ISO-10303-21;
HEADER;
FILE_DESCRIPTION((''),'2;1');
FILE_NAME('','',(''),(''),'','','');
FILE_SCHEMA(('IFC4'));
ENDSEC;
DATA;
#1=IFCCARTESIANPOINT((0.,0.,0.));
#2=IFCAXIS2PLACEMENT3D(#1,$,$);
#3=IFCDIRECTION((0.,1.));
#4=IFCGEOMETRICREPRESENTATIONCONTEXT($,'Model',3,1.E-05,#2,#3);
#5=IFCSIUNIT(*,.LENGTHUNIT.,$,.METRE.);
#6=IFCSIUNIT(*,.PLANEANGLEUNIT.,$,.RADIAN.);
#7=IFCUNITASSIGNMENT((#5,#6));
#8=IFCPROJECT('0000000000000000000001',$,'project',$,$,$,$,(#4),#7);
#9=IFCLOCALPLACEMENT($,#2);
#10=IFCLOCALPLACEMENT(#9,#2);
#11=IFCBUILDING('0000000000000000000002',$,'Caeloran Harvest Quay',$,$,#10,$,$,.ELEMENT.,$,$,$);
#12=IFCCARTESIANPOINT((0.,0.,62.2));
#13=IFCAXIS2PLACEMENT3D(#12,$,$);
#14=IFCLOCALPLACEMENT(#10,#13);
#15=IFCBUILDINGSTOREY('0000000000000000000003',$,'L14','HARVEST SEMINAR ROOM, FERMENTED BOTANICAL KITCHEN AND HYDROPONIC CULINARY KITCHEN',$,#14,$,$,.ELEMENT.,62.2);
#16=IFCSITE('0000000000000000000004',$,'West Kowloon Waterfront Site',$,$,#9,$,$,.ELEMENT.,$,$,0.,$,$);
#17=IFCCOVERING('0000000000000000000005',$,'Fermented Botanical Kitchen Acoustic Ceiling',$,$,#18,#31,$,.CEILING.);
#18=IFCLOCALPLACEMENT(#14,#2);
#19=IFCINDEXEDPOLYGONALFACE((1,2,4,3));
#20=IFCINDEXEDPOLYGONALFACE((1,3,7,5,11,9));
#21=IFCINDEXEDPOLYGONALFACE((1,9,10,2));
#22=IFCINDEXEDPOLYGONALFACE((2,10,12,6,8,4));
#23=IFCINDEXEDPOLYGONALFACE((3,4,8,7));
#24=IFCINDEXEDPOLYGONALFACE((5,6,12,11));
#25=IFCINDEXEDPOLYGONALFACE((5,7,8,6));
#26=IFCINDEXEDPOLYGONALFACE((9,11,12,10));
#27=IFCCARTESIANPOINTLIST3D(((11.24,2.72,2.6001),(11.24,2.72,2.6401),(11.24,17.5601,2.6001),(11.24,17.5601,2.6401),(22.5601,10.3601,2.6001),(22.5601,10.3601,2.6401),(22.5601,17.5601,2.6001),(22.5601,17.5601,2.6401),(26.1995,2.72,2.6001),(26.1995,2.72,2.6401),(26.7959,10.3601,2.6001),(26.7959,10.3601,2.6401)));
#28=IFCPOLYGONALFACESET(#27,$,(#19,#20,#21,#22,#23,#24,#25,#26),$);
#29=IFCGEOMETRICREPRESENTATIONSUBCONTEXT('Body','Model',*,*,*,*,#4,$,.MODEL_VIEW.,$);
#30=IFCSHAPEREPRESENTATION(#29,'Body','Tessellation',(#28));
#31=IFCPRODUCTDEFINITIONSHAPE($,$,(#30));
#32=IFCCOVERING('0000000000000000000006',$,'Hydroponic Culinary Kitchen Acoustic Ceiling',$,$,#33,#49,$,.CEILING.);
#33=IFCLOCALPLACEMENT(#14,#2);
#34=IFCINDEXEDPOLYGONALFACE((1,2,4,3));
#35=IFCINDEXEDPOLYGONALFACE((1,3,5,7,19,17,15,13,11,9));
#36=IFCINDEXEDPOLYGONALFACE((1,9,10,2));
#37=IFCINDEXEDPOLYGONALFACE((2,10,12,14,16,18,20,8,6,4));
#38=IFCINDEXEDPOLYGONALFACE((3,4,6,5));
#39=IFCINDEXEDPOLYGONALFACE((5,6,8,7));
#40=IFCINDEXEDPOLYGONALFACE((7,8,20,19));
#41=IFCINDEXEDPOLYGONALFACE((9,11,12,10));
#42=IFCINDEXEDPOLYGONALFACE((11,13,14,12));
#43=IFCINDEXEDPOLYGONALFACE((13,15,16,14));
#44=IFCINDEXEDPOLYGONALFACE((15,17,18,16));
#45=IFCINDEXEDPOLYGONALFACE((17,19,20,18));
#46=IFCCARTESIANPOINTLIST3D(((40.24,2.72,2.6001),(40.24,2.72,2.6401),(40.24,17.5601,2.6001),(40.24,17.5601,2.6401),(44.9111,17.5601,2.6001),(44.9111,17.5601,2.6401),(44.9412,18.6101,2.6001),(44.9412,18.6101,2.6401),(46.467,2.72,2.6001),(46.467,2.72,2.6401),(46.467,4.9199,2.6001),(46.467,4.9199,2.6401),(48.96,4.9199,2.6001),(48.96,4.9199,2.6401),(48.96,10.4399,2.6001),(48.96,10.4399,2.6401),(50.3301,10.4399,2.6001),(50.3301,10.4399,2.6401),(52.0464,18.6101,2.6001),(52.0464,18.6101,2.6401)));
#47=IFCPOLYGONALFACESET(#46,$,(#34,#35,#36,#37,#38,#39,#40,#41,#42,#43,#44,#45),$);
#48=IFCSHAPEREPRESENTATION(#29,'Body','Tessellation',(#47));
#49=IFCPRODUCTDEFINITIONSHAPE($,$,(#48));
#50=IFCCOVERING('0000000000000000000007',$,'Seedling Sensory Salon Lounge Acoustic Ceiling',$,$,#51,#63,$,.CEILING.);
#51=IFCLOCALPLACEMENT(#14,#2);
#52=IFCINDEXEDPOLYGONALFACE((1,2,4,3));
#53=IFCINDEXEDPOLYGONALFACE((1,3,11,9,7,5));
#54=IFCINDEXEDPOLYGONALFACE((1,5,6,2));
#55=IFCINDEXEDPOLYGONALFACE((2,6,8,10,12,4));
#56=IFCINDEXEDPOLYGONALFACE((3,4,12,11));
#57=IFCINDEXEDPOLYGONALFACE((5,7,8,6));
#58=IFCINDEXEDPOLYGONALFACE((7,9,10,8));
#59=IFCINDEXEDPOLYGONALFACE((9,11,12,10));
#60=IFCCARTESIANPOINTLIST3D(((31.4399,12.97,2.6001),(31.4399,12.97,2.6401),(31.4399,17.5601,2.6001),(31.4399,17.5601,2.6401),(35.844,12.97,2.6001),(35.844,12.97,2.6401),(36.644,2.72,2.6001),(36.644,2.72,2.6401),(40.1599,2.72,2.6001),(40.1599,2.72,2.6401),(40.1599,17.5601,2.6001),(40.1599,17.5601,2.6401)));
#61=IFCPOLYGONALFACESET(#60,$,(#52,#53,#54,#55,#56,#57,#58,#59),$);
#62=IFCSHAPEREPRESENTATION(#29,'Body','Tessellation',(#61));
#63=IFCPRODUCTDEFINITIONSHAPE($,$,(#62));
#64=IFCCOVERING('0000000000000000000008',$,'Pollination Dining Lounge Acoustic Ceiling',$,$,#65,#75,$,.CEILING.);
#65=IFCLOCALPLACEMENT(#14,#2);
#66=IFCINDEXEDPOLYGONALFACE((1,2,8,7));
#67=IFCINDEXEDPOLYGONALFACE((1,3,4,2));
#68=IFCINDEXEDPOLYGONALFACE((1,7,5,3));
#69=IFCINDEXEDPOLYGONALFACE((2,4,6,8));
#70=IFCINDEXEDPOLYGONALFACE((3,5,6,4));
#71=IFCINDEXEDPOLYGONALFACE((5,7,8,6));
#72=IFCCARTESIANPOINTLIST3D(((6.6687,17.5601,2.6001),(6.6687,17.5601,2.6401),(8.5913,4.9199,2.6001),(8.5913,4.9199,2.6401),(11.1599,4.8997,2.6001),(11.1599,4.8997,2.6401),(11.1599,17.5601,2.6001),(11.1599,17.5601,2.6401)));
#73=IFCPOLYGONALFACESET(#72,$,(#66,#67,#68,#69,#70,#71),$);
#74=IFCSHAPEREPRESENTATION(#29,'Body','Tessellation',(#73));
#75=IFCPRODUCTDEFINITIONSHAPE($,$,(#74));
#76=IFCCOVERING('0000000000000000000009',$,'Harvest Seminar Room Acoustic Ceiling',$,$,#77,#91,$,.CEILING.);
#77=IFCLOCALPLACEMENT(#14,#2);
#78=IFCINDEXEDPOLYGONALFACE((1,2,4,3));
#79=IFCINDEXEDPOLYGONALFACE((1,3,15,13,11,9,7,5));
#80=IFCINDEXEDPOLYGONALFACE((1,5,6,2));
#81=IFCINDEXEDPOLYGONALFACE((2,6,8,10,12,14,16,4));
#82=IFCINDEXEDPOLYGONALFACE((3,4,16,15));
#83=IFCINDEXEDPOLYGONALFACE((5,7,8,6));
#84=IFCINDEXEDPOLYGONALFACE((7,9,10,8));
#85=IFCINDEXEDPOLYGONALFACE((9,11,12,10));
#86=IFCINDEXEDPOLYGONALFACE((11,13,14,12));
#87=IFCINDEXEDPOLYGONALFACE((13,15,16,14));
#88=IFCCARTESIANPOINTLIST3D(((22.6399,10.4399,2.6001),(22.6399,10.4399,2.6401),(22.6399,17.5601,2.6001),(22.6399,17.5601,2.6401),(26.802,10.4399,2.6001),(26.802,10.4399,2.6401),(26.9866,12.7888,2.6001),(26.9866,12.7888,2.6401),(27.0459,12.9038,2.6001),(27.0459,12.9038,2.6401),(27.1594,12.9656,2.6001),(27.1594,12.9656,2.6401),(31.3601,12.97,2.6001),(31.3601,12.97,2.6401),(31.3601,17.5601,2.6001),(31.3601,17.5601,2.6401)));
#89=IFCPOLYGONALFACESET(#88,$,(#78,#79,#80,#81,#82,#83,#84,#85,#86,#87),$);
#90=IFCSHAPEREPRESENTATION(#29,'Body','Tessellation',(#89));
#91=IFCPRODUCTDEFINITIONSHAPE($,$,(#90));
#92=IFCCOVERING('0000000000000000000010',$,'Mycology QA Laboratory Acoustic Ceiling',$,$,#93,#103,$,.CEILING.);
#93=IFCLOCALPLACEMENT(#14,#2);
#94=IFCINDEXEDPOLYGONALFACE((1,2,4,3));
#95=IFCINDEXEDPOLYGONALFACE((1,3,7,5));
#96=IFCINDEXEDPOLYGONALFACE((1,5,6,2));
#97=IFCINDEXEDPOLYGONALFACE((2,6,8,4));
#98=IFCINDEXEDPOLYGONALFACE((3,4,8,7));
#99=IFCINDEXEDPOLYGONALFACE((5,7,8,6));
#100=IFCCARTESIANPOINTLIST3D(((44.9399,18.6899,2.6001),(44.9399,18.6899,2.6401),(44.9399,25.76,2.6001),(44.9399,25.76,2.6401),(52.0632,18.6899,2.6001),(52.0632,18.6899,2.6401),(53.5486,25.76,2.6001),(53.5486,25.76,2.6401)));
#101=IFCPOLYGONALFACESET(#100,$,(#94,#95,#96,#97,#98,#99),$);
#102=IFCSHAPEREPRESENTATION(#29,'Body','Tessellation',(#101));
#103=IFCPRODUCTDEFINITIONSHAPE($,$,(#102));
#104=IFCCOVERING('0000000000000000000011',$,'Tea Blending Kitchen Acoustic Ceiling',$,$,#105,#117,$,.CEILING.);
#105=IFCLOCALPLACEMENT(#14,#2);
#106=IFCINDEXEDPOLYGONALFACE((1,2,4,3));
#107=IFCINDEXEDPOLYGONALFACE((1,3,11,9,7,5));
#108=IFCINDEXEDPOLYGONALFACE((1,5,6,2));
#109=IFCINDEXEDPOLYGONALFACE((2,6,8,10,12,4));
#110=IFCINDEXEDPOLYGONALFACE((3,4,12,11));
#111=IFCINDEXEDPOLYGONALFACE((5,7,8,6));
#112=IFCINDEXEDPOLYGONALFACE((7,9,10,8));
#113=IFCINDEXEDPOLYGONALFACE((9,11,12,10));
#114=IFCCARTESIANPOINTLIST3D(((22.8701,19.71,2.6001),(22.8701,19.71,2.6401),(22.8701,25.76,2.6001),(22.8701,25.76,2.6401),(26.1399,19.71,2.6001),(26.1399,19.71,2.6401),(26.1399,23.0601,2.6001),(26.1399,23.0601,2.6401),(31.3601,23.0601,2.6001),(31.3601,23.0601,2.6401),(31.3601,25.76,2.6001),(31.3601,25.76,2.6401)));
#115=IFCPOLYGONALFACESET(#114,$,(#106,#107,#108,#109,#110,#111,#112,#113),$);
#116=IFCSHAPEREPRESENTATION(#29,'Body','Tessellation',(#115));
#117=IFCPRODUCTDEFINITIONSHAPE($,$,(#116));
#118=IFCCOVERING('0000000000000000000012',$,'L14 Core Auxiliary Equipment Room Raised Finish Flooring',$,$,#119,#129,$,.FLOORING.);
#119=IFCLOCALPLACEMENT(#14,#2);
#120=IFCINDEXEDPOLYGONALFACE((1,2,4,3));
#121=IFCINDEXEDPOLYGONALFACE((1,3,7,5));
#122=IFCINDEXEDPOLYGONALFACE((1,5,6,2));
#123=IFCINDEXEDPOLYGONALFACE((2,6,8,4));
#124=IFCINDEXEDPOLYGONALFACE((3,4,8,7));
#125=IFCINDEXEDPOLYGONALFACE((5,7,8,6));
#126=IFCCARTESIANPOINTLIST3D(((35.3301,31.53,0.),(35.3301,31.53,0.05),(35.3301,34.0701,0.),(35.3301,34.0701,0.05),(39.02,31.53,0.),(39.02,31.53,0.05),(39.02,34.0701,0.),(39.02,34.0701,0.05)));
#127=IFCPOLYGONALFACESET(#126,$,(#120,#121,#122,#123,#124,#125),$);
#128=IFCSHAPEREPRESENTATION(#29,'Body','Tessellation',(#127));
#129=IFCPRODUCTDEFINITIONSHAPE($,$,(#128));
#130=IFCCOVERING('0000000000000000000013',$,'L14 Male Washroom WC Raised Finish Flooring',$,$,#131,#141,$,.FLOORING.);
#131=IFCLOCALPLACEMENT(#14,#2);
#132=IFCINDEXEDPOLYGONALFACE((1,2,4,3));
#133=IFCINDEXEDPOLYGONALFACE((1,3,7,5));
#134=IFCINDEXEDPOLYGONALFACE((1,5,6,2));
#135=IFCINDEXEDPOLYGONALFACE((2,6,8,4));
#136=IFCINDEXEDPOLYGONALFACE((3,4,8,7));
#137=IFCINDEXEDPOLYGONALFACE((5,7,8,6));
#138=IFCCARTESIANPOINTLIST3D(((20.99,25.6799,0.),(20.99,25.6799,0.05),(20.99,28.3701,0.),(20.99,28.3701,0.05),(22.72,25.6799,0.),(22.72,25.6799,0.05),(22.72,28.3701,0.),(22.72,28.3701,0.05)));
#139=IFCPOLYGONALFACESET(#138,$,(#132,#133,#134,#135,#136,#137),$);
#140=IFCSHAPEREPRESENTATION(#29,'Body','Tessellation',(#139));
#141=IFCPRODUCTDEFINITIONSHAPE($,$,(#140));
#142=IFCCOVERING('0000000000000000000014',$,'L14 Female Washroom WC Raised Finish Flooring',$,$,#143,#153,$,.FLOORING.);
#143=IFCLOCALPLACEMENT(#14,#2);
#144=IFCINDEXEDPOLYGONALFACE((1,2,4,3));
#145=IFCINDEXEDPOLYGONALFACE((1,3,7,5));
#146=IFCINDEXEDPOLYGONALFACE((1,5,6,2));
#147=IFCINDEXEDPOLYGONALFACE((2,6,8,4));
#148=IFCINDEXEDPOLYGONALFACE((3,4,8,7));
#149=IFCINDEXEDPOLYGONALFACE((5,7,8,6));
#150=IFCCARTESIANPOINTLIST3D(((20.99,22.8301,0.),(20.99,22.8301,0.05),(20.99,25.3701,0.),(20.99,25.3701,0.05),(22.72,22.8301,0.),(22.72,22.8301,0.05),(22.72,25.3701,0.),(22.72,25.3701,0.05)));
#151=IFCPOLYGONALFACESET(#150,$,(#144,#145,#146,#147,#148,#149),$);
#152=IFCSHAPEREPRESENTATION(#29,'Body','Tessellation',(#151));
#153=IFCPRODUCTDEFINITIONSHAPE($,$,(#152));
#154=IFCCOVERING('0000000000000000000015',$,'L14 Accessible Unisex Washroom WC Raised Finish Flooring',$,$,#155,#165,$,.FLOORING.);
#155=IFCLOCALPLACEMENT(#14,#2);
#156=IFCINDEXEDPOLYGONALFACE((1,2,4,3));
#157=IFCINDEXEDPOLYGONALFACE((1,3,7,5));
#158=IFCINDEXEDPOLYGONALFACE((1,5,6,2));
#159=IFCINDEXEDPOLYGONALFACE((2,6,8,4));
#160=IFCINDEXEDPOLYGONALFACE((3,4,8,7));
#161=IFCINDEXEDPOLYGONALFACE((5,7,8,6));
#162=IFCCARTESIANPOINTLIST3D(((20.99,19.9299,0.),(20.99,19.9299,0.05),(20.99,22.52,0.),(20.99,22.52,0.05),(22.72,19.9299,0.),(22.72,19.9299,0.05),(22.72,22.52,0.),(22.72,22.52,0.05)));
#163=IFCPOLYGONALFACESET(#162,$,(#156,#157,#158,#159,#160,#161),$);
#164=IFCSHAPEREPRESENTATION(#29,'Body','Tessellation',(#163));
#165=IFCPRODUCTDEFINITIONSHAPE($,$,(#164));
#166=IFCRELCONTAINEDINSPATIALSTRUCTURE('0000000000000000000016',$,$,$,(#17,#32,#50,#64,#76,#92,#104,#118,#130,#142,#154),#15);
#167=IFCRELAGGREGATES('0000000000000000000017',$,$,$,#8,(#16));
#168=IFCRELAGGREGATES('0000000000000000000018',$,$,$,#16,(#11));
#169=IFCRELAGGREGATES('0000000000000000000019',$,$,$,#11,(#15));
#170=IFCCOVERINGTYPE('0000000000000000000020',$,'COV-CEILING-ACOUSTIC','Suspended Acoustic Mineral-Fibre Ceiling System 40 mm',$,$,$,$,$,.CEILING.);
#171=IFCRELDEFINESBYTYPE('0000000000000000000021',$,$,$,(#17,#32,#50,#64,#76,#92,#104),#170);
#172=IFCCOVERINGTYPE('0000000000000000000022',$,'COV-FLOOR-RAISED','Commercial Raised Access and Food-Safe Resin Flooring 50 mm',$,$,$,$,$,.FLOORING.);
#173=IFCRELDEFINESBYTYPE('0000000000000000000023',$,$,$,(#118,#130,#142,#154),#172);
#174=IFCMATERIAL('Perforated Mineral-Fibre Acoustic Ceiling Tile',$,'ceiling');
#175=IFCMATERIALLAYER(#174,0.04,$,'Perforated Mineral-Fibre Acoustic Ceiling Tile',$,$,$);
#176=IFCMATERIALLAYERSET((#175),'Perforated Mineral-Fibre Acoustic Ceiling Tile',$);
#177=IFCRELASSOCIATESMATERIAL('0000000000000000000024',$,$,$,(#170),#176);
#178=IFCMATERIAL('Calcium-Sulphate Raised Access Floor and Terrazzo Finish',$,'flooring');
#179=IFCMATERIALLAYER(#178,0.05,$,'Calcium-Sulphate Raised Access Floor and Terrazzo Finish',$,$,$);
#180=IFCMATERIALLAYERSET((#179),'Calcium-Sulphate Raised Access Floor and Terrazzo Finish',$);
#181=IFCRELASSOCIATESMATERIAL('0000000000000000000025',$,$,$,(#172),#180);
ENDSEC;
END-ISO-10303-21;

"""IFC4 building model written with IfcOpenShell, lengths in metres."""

from ifc_helpers import new_model, si_unit, direction, frame, origin, place, context, subcontext, project, spatial, polyline, outline, extrude, material, layer, layer_set, type_object, element, save


model = new_model("IFC4")

# Units and contexts
model_context = context("Model", 3, precision=1e-05, world=origin(), true_north=direction((0.0, 1.0)))
body_context = subcontext(model_context, "Body", "Model", "MODEL_VIEW")
ifc_project = project(units=[si_unit("LENGTHUNIT", "METRE"), si_unit("PLANEANGLEUNIT", "RADIAN")], contexts=[model_context])

# Site, building, storey
site_placement = place(None, origin())
site = spatial("IfcSite", under=ifc_project, at=site_placement, Name="West Kowloon Waterfront Site", CompositionType="ELEMENT", RefElevation=0.0)
building_placement = place(site_placement, origin())
building = spatial("IfcBuilding", under=site, at=building_placement, Name="Caeloran Harvest Quay", CompositionType="ELEMENT")
storey_placement = place(building_placement, frame((0.0, 0.0, 62.2)))
storey = spatial("IfcBuildingStorey", under=building, at=storey_placement, Name="L14", Description="HARVEST SEMINAR ROOM, FERMENTED BOTANICAL KITCHEN AND HYDROPONIC CULINARY KITCHEN", CompositionType="ELEMENT", Elevation=62.2)

# Coverings
ifc_material_1 = material(Name="Perforated Mineral-Fibre Acoustic Ceiling Tile", Category="ceiling")
ifc_layer_1 = layer(ifc_material_1, 0.04, Name="Perforated Mineral-Fibre Acoustic Ceiling Tile")
ifc_layer_set_1 = layer_set([ifc_layer_1], Name="Perforated Mineral-Fibre Acoustic Ceiling Tile")
covering_type_1 = type_object("IfcCoveringType", Name="COV-CEILING-ACOUSTIC", Description="Suspended Acoustic Mineral-Fibre Ceiling System 40 mm", PredefinedType="CEILING", material=ifc_layer_set_1)
covering_1_placement = place(storey_placement, frame((0.0, 0.0, 2.6001)))
element("IfcCovering", 1, at=covering_1_placement, inside=storey, type_object=covering_type_1, Name="Fermented Botanical Kitchen Acoustic Ceiling", PredefinedType="CEILING", context=body_context, shape_type="SweptSolid", body=[
    extrude(outline(polyline([(22.5601, 10.3601), (26.7959, 10.3601), (26.1995, 2.72), (11.24, 2.72), (11.24, 17.5601), (22.5601, 17.5601), (22.5601, 10.3601)])), origin(), (0.0, 0.0, 1.0), 0.04),
])
covering_2_placement = place(storey_placement, frame((0.0, 0.0, 2.6001)))
element("IfcCovering", 2, at=covering_2_placement, inside=storey, type_object=covering_type_1, Name="Hydroponic Culinary Kitchen Acoustic Ceiling", PredefinedType="CEILING", context=body_context, shape_type="SweptSolid", body=[
    extrude(outline(polyline([(52.0464, 18.6101), (50.3301, 10.4399), (48.96, 10.4399), (48.96, 4.9199), (46.467, 4.9199), (46.467, 2.72), (40.24, 2.72), (40.24, 17.5601), (44.9111, 17.5601), (44.9412, 18.6101), (52.0464, 18.6101)])), origin(), (0.0, 0.0, 1.0), 0.04),
])
covering_3_placement = place(storey_placement, frame((0.0, 0.0, 2.6001)))
element("IfcCovering", 3, at=covering_3_placement, inside=storey, type_object=covering_type_1, Name="Seedling Sensory Salon Lounge Acoustic Ceiling", PredefinedType="CEILING", context=body_context, shape_type="SweptSolid", body=[
    extrude(outline(polyline([(31.4399, 17.5601), (40.1599, 17.5601), (40.1599, 2.72), (36.644, 2.72), (35.844, 12.97), (31.4399, 12.97), (31.4399, 17.5601)])), origin(), (0.0, 0.0, 1.0), 0.04),
])
covering_4_placement = place(storey_placement, frame((0.0, 0.0, 2.6001)))
element("IfcCovering", 4, at=covering_4_placement, inside=storey, type_object=covering_type_1, Name="Pollination Dining Lounge Acoustic Ceiling", PredefinedType="CEILING", context=body_context, shape_type="SweptSolid", body=[
    extrude(outline(polyline([(11.1599, 4.8997), (8.5913, 4.9199), (6.6687, 17.5601), (11.1599, 17.5601), (11.1599, 4.8997)])), origin(), (0.0, 0.0, 1.0), 0.04),
])
covering_5_placement = place(storey_placement, frame((0.0, 0.0, 2.6001)))
element("IfcCovering", 5, at=covering_5_placement, inside=storey, type_object=covering_type_1, Name="Harvest Seminar Room Acoustic Ceiling", PredefinedType="CEILING", context=body_context, shape_type="SweptSolid", body=[
    extrude(outline(polyline([(27.1594, 12.9656), (27.0459, 12.9038), (26.9866, 12.7888), (26.802, 10.4399), (22.6399, 10.4399), (22.6399, 17.5601), (31.3601, 17.5601), (31.3601, 12.97), (27.1594, 12.9656)])), origin(), (0.0, 0.0, 1.0), 0.04),
])
covering_6_placement = place(storey_placement, frame((0.0, 0.0, 2.6001)))
element("IfcCovering", 6, at=covering_6_placement, inside=storey, type_object=covering_type_1, Name="Mycology QA Laboratory Acoustic Ceiling", PredefinedType="CEILING", context=body_context, shape_type="SweptSolid", body=[
    extrude(outline(polyline([(44.9399, 18.6899), (44.9399, 25.76), (53.5486, 25.76), (52.0632, 18.6899), (44.9399, 18.6899)])), origin(), (0.0, 0.0, 1.0), 0.04),
])
covering_7_placement = place(storey_placement, frame((0.0, 0.0, 2.6001)))
element("IfcCovering", 7, at=covering_7_placement, inside=storey, type_object=covering_type_1, Name="Tea Blending Kitchen Acoustic Ceiling", PredefinedType="CEILING", context=body_context, shape_type="SweptSolid", body=[
    extrude(outline(polyline([(26.1399, 23.0601), (26.1399, 19.71), (22.8701, 19.71), (22.8701, 25.76), (31.3601, 25.76), (31.3601, 23.0601), (26.1399, 23.0601)])), origin(), (0.0, 0.0, 1.0), 0.04),
])
ifc_material_2 = material(Name="Calcium-Sulphate Raised Access Floor and Terrazzo Finish", Category="flooring")
ifc_layer_2 = layer(ifc_material_2, 0.05, Name="Calcium-Sulphate Raised Access Floor and Terrazzo Finish")
ifc_layer_set_2 = layer_set([ifc_layer_2], Name="Calcium-Sulphate Raised Access Floor and Terrazzo Finish")
covering_type_2 = type_object("IfcCoveringType", Name="COV-FLOOR-RAISED", Description="Commercial Raised Access and Food-Safe Resin Flooring 50 mm", PredefinedType="FLOORING", material=ifc_layer_set_2)
covering_8_placement = place(storey_placement, origin())
element("IfcCovering", 8, at=covering_8_placement, inside=storey, type_object=covering_type_2, Name="L14 Core Auxiliary Equipment Room Raised Finish Flooring", PredefinedType="FLOORING", context=body_context, shape_type="SweptSolid", body=[
    extrude(outline(polyline([(39.02, 34.0701), (39.02, 31.53), (35.3301, 31.53), (35.3301, 34.0701), (39.02, 34.0701)])), origin(), (0.0, 0.0, 1.0), 0.05),
])
covering_9_placement = place(storey_placement, origin())
element("IfcCovering", 9, at=covering_9_placement, inside=storey, type_object=covering_type_2, Name="L14 Male Washroom WC Raised Finish Flooring", PredefinedType="FLOORING", context=body_context, shape_type="SweptSolid", body=[
    extrude(outline(polyline([(22.72, 25.6799), (20.99, 25.6799), (20.99, 28.3701), (22.72, 28.3701), (22.72, 25.6799)])), origin(), (0.0, 0.0, 1.0), 0.05),
])
covering_10_placement = place(storey_placement, origin())
element("IfcCovering", 10, at=covering_10_placement, inside=storey, type_object=covering_type_2, Name="L14 Female Washroom WC Raised Finish Flooring", PredefinedType="FLOORING", context=body_context, shape_type="SweptSolid", body=[
    extrude(outline(polyline([(22.72, 22.8301), (20.99, 22.8301), (20.99, 25.3701), (22.72, 25.3701), (22.72, 22.8301)])), origin(), (0.0, 0.0, 1.0), 0.05),
])
covering_11_placement = place(storey_placement, origin())
element("IfcCovering", 11, at=covering_11_placement, inside=storey, type_object=covering_type_2, Name="L14 Accessible Unisex Washroom WC Raised Finish Flooring", PredefinedType="FLOORING", context=body_context, shape_type="SweptSolid", body=[
    extrude(outline(polyline([(22.72, 19.9299), (20.99, 19.9299), (20.99, 22.52), (22.72, 22.52), (22.72, 19.9299)])), origin(), (0.0, 0.0, 1.0), 0.05),
])

save(model, "model.ifc")
